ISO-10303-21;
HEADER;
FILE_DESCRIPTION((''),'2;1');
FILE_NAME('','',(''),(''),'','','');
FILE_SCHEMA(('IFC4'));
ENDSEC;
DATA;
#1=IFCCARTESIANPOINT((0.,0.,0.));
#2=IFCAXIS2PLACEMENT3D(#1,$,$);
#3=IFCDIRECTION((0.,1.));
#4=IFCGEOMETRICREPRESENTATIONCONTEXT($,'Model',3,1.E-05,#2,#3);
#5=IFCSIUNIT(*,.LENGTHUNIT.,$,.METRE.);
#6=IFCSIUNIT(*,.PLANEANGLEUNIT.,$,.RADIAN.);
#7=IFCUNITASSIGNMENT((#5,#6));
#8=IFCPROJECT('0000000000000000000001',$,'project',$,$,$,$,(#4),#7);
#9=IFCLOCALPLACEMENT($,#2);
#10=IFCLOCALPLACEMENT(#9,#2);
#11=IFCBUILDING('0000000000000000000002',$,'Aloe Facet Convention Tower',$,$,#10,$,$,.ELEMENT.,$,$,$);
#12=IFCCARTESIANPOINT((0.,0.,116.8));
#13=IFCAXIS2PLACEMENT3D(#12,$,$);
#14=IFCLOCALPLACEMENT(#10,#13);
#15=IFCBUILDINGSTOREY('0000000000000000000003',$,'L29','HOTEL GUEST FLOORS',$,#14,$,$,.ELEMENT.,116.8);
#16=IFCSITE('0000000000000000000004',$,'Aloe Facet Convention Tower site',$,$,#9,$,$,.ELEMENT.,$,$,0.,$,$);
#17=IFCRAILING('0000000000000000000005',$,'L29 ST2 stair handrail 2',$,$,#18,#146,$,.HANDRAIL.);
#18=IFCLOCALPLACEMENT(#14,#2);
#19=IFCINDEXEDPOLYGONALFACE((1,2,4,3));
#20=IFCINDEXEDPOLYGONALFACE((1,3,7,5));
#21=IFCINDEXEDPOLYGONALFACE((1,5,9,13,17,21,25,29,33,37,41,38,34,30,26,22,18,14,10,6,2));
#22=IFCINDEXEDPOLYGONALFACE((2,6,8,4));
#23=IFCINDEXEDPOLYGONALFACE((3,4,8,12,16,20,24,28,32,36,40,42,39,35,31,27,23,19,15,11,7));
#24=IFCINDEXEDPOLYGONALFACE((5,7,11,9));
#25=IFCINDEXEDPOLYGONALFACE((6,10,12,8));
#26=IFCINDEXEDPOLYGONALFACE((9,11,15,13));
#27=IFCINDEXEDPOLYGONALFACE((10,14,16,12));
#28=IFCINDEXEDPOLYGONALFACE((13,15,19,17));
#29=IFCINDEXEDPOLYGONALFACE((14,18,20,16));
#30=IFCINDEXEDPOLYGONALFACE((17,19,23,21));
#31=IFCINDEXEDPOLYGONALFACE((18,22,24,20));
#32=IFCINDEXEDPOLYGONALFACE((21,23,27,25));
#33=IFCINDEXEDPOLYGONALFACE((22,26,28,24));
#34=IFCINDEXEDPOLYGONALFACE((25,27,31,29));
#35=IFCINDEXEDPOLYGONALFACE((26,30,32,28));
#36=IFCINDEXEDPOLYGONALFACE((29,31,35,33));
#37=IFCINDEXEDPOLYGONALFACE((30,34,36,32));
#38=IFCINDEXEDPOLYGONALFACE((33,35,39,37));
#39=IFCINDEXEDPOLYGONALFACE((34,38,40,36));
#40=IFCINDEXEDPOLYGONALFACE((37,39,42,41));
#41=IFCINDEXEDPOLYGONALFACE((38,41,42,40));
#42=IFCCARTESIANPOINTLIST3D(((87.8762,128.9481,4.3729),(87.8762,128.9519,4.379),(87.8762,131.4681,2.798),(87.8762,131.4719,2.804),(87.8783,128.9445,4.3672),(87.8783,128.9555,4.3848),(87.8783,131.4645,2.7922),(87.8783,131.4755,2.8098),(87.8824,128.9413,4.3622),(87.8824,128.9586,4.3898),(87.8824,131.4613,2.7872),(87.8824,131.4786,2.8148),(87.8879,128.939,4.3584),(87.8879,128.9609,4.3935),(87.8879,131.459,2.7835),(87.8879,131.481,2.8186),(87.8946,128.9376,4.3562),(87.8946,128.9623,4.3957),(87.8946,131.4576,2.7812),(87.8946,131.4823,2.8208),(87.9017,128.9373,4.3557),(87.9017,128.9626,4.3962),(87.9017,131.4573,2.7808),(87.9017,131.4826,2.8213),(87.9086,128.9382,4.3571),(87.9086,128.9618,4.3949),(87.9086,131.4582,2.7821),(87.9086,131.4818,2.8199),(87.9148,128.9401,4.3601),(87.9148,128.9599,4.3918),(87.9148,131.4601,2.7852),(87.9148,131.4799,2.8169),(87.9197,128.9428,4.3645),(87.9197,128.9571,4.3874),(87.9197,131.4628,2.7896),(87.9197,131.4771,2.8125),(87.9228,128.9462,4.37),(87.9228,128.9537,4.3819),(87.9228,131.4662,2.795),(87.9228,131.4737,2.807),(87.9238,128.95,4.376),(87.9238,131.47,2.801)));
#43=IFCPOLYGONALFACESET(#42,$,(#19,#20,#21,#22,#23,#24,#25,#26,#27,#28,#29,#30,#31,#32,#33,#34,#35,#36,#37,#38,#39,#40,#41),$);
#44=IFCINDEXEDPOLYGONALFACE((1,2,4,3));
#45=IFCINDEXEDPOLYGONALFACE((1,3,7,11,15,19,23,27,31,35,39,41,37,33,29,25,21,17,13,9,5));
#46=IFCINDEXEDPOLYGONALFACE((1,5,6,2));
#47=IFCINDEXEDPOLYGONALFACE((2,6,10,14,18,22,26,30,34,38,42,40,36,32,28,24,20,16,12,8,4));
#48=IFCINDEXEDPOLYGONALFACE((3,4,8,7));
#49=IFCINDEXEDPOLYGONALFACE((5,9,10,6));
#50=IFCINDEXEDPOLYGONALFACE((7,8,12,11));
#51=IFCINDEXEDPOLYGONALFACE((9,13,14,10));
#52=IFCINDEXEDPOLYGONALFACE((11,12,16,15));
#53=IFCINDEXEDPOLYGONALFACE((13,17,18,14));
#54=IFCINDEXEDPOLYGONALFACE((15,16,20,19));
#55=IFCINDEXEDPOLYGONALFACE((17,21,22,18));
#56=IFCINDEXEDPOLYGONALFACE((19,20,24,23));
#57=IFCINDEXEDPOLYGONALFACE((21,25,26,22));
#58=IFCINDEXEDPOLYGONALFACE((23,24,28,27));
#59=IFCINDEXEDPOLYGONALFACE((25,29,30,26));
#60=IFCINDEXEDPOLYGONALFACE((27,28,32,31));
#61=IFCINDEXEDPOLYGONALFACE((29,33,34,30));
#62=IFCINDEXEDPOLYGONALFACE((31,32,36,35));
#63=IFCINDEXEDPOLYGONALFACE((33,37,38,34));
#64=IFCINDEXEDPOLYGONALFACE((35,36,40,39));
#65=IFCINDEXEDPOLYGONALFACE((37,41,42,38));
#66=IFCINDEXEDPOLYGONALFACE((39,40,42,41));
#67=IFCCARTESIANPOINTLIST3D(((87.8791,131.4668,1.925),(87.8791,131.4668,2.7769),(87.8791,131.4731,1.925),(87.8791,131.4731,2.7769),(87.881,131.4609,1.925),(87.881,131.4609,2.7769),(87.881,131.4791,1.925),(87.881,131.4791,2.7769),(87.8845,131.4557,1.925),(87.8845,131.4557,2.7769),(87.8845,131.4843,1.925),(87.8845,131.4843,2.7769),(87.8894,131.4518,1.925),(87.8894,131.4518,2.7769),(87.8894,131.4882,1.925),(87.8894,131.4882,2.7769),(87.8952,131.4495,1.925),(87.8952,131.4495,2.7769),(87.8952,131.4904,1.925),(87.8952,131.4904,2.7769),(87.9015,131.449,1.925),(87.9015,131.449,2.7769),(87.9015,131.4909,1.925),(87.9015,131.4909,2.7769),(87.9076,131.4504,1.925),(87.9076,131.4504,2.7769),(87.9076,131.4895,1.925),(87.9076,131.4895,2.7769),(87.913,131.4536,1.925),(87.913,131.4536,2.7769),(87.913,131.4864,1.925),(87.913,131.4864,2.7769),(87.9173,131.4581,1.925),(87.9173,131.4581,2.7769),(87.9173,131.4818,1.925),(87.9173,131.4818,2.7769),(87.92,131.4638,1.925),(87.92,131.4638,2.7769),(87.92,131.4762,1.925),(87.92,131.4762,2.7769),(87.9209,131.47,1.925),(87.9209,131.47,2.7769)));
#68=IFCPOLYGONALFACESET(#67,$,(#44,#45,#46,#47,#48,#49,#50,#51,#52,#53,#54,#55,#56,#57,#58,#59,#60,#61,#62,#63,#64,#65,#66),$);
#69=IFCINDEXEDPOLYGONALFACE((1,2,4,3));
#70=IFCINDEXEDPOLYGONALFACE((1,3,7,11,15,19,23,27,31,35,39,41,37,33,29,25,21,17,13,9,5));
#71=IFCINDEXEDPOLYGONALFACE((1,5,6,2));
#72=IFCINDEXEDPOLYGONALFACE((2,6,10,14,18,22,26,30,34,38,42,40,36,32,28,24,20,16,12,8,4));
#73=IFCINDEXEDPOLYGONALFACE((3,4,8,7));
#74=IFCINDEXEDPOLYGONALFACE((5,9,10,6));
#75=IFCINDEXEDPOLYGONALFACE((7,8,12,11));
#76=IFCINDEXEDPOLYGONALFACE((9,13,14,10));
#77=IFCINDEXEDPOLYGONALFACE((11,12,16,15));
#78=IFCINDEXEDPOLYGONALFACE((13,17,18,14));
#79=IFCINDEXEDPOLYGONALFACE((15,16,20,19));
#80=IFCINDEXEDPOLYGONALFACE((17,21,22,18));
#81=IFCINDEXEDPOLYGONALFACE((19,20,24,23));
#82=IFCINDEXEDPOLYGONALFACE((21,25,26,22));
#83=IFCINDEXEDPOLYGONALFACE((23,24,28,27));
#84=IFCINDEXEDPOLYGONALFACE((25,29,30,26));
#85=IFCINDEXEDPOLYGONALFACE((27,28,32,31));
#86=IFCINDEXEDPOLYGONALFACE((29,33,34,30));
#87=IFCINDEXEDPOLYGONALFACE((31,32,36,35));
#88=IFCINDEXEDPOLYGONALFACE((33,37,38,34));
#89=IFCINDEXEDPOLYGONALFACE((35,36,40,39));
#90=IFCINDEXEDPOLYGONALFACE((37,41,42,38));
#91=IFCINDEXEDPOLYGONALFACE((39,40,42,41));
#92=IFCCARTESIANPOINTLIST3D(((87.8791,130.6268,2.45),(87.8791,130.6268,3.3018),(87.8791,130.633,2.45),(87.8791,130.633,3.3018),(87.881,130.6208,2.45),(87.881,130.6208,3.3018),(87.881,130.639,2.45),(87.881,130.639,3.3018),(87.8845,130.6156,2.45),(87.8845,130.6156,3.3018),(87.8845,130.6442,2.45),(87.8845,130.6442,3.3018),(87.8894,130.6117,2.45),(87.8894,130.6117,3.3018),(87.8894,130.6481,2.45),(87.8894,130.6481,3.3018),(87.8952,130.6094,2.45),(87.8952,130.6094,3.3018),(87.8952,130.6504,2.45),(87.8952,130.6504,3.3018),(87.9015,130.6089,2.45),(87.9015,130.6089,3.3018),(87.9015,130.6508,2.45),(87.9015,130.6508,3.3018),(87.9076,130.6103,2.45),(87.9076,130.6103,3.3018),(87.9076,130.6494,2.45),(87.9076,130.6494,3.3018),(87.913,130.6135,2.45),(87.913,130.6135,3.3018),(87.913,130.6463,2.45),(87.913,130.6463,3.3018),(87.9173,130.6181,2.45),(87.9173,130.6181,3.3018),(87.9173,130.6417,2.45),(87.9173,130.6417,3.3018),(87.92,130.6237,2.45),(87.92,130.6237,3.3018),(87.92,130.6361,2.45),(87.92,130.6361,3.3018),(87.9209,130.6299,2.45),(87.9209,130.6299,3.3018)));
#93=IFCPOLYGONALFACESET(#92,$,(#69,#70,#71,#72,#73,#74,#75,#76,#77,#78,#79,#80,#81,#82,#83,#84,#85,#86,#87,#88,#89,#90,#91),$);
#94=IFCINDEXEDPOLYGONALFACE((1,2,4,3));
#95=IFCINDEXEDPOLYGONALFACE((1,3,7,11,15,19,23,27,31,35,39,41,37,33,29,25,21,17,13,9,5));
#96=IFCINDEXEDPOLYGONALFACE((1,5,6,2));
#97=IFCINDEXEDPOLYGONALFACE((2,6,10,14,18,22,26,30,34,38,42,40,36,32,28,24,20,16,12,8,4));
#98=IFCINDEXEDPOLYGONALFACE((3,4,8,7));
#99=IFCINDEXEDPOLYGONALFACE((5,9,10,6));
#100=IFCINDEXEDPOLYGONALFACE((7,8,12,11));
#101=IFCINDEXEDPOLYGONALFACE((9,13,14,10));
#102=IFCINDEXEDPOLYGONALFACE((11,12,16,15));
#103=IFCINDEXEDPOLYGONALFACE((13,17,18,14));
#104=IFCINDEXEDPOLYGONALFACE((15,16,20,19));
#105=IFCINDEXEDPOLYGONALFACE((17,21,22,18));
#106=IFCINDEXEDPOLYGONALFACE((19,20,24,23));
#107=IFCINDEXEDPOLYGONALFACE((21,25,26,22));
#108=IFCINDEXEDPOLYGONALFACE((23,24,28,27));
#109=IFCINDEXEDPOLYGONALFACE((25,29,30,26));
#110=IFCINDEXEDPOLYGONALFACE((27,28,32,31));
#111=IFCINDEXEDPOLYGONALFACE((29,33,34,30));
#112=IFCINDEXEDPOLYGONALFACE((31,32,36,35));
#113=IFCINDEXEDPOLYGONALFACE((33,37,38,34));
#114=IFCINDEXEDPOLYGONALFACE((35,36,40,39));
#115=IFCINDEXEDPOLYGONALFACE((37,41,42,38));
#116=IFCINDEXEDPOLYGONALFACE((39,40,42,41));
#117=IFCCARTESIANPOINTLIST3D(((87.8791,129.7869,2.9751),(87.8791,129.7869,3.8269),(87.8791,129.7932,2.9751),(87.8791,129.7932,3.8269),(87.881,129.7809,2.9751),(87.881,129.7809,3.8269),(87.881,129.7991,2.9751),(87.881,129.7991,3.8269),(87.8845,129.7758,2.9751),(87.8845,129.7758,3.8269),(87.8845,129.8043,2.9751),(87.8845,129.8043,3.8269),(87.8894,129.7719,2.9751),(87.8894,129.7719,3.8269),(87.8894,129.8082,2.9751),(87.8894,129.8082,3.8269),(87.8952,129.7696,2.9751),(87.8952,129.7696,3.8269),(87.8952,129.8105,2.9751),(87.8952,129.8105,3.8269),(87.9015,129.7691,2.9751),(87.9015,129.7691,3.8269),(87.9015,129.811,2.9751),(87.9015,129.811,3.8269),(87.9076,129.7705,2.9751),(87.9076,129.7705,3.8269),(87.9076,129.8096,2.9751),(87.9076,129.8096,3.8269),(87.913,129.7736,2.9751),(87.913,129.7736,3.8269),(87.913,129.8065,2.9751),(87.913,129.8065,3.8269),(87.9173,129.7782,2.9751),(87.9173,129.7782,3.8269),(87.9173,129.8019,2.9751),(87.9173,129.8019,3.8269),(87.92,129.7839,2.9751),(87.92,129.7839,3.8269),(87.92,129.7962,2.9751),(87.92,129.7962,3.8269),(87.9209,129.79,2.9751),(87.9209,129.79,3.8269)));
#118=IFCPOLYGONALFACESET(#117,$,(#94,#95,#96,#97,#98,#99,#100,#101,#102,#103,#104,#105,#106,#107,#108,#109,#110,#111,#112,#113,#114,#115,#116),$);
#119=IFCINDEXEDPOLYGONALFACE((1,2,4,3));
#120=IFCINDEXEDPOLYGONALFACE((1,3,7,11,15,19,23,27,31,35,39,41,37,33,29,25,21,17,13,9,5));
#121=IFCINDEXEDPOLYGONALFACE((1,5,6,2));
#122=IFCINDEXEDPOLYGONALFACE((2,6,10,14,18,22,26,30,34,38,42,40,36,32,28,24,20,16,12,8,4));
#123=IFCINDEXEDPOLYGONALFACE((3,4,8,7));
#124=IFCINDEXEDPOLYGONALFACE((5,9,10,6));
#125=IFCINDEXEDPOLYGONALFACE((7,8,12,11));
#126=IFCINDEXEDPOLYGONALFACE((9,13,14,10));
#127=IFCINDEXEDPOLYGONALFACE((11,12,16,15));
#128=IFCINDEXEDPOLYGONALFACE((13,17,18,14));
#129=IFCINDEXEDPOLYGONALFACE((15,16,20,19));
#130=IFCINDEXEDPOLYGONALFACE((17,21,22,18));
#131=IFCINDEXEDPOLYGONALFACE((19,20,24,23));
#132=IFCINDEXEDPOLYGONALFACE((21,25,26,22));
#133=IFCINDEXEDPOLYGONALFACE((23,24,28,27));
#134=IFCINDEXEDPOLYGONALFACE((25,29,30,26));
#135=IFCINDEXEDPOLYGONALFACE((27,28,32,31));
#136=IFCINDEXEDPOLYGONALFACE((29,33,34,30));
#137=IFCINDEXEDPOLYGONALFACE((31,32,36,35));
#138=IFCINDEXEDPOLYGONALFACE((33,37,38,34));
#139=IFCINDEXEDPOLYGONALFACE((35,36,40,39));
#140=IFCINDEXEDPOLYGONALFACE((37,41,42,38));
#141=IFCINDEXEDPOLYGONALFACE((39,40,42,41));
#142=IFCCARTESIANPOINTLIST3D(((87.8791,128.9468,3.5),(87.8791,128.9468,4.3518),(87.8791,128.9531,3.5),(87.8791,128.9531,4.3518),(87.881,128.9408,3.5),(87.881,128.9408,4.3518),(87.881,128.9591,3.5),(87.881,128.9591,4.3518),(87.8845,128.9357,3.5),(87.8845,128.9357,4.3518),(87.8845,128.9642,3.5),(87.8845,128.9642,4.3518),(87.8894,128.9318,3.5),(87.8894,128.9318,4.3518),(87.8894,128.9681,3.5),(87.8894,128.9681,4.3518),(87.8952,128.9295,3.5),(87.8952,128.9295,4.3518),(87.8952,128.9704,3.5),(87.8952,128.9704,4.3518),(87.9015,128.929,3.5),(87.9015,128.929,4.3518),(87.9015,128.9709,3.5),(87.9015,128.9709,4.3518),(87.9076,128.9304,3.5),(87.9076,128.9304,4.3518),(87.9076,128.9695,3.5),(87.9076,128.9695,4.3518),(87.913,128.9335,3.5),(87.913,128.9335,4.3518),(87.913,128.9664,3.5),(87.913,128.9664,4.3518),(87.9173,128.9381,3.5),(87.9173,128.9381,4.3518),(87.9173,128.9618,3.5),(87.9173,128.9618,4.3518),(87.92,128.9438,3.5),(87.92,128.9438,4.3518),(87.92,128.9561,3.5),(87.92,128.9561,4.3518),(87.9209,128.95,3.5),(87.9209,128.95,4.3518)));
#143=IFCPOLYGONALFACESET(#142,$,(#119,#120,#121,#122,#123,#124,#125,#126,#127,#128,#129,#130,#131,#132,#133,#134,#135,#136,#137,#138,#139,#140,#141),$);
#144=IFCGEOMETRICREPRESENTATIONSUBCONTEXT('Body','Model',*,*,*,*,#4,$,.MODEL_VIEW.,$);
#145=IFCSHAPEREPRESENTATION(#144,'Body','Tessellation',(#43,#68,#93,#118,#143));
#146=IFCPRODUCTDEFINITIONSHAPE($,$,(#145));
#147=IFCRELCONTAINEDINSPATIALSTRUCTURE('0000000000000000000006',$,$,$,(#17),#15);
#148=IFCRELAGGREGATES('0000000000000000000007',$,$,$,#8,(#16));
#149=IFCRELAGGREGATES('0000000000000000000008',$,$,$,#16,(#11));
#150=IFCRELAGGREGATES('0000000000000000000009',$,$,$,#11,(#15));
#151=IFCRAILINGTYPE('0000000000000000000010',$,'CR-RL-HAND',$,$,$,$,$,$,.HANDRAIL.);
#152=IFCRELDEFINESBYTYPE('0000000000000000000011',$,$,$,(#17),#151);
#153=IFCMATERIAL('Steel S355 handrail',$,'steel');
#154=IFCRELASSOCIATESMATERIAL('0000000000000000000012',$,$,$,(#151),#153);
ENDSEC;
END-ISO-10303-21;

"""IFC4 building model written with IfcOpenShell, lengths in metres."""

from ifc_helpers import new_model, si_unit, direction, frame, origin, origin_2d, place, context, subcontext, project, spatial, circle, extrude, material, type_object, element, save


model = new_model("IFC4")

# Units and contexts
model_context = context("Model", 3, precision=1e-05, world=origin(), true_north=direction((0.0, 1.0)))
body_context = subcontext(model_context, "Body", "Model", "MODEL_VIEW")
ifc_project = project(units=[si_unit("LENGTHUNIT", "METRE"), si_unit("PLANEANGLEUNIT", "RADIAN")], contexts=[model_context])

# Site, building, storey
site_placement = place(None, origin())
site = spatial("IfcSite", under=ifc_project, at=site_placement, Name="Aloe Facet Convention Tower site", CompositionType="ELEMENT", RefElevation=0.0)
building_placement = place(site_placement, origin())
building = spatial("IfcBuilding", under=site, at=building_placement, Name="Aloe Facet Convention Tower", CompositionType="ELEMENT")
storey_placement = place(building_placement, frame((0.0, 0.0, 116.8)))
storey = spatial("IfcBuildingStorey", under=building, at=storey_placement, Name="L29", Description="HOTEL GUEST FLOORS", CompositionType="ELEMENT", Elevation=116.8)

# Railing
ifc_material_1 = material(Name="Steel S355 handrail", Category="steel")
railing_type_1 = type_object("IfcRailingType", Name="CR-RL-HAND", PredefinedType="HANDRAIL", material=ifc_material_1)
railing_1_placement = place(storey_placement, frame((87.8999, 131.47, 1.925)))
element("IfcRailing", 1, at=railing_1_placement, inside=storey, type_object=railing_type_1, Name="L29 ST2 stair handrail 2", PredefinedType="HANDRAIL", context=body_context, shape_type="SweptSolid", body=[
    extrude(circle(Radius=0.0239, at=origin_2d()), frame((0.0, 0.0, 0.876), z_axis=(0.0, -0.848008, 0.529984), x_axis=(1.0, 0.0, 0.0)), (0.0, 0.0, 1.0), 2.9717),
    extrude(circle(Radius=0.021, at=origin_2d()), origin(), (0.0, 0.0, 1.0), 0.8518),
    extrude(circle(Radius=0.021, at=origin_2d()), frame((0.0, -0.8401, 0.5249)), (0.0, 0.0, 1.0), 0.8518),
    extrude(circle(Radius=0.021, at=origin_2d()), frame((0.0, -1.6799, 1.05)), (0.0, 0.0, 1.0), 0.8518),
    extrude(circle(Radius=0.021, at=origin_2d()), frame((0.0, -2.52, 1.575)), (0.0, 0.0, 1.0), 0.8518),
])

save(model, "model.ifc")
